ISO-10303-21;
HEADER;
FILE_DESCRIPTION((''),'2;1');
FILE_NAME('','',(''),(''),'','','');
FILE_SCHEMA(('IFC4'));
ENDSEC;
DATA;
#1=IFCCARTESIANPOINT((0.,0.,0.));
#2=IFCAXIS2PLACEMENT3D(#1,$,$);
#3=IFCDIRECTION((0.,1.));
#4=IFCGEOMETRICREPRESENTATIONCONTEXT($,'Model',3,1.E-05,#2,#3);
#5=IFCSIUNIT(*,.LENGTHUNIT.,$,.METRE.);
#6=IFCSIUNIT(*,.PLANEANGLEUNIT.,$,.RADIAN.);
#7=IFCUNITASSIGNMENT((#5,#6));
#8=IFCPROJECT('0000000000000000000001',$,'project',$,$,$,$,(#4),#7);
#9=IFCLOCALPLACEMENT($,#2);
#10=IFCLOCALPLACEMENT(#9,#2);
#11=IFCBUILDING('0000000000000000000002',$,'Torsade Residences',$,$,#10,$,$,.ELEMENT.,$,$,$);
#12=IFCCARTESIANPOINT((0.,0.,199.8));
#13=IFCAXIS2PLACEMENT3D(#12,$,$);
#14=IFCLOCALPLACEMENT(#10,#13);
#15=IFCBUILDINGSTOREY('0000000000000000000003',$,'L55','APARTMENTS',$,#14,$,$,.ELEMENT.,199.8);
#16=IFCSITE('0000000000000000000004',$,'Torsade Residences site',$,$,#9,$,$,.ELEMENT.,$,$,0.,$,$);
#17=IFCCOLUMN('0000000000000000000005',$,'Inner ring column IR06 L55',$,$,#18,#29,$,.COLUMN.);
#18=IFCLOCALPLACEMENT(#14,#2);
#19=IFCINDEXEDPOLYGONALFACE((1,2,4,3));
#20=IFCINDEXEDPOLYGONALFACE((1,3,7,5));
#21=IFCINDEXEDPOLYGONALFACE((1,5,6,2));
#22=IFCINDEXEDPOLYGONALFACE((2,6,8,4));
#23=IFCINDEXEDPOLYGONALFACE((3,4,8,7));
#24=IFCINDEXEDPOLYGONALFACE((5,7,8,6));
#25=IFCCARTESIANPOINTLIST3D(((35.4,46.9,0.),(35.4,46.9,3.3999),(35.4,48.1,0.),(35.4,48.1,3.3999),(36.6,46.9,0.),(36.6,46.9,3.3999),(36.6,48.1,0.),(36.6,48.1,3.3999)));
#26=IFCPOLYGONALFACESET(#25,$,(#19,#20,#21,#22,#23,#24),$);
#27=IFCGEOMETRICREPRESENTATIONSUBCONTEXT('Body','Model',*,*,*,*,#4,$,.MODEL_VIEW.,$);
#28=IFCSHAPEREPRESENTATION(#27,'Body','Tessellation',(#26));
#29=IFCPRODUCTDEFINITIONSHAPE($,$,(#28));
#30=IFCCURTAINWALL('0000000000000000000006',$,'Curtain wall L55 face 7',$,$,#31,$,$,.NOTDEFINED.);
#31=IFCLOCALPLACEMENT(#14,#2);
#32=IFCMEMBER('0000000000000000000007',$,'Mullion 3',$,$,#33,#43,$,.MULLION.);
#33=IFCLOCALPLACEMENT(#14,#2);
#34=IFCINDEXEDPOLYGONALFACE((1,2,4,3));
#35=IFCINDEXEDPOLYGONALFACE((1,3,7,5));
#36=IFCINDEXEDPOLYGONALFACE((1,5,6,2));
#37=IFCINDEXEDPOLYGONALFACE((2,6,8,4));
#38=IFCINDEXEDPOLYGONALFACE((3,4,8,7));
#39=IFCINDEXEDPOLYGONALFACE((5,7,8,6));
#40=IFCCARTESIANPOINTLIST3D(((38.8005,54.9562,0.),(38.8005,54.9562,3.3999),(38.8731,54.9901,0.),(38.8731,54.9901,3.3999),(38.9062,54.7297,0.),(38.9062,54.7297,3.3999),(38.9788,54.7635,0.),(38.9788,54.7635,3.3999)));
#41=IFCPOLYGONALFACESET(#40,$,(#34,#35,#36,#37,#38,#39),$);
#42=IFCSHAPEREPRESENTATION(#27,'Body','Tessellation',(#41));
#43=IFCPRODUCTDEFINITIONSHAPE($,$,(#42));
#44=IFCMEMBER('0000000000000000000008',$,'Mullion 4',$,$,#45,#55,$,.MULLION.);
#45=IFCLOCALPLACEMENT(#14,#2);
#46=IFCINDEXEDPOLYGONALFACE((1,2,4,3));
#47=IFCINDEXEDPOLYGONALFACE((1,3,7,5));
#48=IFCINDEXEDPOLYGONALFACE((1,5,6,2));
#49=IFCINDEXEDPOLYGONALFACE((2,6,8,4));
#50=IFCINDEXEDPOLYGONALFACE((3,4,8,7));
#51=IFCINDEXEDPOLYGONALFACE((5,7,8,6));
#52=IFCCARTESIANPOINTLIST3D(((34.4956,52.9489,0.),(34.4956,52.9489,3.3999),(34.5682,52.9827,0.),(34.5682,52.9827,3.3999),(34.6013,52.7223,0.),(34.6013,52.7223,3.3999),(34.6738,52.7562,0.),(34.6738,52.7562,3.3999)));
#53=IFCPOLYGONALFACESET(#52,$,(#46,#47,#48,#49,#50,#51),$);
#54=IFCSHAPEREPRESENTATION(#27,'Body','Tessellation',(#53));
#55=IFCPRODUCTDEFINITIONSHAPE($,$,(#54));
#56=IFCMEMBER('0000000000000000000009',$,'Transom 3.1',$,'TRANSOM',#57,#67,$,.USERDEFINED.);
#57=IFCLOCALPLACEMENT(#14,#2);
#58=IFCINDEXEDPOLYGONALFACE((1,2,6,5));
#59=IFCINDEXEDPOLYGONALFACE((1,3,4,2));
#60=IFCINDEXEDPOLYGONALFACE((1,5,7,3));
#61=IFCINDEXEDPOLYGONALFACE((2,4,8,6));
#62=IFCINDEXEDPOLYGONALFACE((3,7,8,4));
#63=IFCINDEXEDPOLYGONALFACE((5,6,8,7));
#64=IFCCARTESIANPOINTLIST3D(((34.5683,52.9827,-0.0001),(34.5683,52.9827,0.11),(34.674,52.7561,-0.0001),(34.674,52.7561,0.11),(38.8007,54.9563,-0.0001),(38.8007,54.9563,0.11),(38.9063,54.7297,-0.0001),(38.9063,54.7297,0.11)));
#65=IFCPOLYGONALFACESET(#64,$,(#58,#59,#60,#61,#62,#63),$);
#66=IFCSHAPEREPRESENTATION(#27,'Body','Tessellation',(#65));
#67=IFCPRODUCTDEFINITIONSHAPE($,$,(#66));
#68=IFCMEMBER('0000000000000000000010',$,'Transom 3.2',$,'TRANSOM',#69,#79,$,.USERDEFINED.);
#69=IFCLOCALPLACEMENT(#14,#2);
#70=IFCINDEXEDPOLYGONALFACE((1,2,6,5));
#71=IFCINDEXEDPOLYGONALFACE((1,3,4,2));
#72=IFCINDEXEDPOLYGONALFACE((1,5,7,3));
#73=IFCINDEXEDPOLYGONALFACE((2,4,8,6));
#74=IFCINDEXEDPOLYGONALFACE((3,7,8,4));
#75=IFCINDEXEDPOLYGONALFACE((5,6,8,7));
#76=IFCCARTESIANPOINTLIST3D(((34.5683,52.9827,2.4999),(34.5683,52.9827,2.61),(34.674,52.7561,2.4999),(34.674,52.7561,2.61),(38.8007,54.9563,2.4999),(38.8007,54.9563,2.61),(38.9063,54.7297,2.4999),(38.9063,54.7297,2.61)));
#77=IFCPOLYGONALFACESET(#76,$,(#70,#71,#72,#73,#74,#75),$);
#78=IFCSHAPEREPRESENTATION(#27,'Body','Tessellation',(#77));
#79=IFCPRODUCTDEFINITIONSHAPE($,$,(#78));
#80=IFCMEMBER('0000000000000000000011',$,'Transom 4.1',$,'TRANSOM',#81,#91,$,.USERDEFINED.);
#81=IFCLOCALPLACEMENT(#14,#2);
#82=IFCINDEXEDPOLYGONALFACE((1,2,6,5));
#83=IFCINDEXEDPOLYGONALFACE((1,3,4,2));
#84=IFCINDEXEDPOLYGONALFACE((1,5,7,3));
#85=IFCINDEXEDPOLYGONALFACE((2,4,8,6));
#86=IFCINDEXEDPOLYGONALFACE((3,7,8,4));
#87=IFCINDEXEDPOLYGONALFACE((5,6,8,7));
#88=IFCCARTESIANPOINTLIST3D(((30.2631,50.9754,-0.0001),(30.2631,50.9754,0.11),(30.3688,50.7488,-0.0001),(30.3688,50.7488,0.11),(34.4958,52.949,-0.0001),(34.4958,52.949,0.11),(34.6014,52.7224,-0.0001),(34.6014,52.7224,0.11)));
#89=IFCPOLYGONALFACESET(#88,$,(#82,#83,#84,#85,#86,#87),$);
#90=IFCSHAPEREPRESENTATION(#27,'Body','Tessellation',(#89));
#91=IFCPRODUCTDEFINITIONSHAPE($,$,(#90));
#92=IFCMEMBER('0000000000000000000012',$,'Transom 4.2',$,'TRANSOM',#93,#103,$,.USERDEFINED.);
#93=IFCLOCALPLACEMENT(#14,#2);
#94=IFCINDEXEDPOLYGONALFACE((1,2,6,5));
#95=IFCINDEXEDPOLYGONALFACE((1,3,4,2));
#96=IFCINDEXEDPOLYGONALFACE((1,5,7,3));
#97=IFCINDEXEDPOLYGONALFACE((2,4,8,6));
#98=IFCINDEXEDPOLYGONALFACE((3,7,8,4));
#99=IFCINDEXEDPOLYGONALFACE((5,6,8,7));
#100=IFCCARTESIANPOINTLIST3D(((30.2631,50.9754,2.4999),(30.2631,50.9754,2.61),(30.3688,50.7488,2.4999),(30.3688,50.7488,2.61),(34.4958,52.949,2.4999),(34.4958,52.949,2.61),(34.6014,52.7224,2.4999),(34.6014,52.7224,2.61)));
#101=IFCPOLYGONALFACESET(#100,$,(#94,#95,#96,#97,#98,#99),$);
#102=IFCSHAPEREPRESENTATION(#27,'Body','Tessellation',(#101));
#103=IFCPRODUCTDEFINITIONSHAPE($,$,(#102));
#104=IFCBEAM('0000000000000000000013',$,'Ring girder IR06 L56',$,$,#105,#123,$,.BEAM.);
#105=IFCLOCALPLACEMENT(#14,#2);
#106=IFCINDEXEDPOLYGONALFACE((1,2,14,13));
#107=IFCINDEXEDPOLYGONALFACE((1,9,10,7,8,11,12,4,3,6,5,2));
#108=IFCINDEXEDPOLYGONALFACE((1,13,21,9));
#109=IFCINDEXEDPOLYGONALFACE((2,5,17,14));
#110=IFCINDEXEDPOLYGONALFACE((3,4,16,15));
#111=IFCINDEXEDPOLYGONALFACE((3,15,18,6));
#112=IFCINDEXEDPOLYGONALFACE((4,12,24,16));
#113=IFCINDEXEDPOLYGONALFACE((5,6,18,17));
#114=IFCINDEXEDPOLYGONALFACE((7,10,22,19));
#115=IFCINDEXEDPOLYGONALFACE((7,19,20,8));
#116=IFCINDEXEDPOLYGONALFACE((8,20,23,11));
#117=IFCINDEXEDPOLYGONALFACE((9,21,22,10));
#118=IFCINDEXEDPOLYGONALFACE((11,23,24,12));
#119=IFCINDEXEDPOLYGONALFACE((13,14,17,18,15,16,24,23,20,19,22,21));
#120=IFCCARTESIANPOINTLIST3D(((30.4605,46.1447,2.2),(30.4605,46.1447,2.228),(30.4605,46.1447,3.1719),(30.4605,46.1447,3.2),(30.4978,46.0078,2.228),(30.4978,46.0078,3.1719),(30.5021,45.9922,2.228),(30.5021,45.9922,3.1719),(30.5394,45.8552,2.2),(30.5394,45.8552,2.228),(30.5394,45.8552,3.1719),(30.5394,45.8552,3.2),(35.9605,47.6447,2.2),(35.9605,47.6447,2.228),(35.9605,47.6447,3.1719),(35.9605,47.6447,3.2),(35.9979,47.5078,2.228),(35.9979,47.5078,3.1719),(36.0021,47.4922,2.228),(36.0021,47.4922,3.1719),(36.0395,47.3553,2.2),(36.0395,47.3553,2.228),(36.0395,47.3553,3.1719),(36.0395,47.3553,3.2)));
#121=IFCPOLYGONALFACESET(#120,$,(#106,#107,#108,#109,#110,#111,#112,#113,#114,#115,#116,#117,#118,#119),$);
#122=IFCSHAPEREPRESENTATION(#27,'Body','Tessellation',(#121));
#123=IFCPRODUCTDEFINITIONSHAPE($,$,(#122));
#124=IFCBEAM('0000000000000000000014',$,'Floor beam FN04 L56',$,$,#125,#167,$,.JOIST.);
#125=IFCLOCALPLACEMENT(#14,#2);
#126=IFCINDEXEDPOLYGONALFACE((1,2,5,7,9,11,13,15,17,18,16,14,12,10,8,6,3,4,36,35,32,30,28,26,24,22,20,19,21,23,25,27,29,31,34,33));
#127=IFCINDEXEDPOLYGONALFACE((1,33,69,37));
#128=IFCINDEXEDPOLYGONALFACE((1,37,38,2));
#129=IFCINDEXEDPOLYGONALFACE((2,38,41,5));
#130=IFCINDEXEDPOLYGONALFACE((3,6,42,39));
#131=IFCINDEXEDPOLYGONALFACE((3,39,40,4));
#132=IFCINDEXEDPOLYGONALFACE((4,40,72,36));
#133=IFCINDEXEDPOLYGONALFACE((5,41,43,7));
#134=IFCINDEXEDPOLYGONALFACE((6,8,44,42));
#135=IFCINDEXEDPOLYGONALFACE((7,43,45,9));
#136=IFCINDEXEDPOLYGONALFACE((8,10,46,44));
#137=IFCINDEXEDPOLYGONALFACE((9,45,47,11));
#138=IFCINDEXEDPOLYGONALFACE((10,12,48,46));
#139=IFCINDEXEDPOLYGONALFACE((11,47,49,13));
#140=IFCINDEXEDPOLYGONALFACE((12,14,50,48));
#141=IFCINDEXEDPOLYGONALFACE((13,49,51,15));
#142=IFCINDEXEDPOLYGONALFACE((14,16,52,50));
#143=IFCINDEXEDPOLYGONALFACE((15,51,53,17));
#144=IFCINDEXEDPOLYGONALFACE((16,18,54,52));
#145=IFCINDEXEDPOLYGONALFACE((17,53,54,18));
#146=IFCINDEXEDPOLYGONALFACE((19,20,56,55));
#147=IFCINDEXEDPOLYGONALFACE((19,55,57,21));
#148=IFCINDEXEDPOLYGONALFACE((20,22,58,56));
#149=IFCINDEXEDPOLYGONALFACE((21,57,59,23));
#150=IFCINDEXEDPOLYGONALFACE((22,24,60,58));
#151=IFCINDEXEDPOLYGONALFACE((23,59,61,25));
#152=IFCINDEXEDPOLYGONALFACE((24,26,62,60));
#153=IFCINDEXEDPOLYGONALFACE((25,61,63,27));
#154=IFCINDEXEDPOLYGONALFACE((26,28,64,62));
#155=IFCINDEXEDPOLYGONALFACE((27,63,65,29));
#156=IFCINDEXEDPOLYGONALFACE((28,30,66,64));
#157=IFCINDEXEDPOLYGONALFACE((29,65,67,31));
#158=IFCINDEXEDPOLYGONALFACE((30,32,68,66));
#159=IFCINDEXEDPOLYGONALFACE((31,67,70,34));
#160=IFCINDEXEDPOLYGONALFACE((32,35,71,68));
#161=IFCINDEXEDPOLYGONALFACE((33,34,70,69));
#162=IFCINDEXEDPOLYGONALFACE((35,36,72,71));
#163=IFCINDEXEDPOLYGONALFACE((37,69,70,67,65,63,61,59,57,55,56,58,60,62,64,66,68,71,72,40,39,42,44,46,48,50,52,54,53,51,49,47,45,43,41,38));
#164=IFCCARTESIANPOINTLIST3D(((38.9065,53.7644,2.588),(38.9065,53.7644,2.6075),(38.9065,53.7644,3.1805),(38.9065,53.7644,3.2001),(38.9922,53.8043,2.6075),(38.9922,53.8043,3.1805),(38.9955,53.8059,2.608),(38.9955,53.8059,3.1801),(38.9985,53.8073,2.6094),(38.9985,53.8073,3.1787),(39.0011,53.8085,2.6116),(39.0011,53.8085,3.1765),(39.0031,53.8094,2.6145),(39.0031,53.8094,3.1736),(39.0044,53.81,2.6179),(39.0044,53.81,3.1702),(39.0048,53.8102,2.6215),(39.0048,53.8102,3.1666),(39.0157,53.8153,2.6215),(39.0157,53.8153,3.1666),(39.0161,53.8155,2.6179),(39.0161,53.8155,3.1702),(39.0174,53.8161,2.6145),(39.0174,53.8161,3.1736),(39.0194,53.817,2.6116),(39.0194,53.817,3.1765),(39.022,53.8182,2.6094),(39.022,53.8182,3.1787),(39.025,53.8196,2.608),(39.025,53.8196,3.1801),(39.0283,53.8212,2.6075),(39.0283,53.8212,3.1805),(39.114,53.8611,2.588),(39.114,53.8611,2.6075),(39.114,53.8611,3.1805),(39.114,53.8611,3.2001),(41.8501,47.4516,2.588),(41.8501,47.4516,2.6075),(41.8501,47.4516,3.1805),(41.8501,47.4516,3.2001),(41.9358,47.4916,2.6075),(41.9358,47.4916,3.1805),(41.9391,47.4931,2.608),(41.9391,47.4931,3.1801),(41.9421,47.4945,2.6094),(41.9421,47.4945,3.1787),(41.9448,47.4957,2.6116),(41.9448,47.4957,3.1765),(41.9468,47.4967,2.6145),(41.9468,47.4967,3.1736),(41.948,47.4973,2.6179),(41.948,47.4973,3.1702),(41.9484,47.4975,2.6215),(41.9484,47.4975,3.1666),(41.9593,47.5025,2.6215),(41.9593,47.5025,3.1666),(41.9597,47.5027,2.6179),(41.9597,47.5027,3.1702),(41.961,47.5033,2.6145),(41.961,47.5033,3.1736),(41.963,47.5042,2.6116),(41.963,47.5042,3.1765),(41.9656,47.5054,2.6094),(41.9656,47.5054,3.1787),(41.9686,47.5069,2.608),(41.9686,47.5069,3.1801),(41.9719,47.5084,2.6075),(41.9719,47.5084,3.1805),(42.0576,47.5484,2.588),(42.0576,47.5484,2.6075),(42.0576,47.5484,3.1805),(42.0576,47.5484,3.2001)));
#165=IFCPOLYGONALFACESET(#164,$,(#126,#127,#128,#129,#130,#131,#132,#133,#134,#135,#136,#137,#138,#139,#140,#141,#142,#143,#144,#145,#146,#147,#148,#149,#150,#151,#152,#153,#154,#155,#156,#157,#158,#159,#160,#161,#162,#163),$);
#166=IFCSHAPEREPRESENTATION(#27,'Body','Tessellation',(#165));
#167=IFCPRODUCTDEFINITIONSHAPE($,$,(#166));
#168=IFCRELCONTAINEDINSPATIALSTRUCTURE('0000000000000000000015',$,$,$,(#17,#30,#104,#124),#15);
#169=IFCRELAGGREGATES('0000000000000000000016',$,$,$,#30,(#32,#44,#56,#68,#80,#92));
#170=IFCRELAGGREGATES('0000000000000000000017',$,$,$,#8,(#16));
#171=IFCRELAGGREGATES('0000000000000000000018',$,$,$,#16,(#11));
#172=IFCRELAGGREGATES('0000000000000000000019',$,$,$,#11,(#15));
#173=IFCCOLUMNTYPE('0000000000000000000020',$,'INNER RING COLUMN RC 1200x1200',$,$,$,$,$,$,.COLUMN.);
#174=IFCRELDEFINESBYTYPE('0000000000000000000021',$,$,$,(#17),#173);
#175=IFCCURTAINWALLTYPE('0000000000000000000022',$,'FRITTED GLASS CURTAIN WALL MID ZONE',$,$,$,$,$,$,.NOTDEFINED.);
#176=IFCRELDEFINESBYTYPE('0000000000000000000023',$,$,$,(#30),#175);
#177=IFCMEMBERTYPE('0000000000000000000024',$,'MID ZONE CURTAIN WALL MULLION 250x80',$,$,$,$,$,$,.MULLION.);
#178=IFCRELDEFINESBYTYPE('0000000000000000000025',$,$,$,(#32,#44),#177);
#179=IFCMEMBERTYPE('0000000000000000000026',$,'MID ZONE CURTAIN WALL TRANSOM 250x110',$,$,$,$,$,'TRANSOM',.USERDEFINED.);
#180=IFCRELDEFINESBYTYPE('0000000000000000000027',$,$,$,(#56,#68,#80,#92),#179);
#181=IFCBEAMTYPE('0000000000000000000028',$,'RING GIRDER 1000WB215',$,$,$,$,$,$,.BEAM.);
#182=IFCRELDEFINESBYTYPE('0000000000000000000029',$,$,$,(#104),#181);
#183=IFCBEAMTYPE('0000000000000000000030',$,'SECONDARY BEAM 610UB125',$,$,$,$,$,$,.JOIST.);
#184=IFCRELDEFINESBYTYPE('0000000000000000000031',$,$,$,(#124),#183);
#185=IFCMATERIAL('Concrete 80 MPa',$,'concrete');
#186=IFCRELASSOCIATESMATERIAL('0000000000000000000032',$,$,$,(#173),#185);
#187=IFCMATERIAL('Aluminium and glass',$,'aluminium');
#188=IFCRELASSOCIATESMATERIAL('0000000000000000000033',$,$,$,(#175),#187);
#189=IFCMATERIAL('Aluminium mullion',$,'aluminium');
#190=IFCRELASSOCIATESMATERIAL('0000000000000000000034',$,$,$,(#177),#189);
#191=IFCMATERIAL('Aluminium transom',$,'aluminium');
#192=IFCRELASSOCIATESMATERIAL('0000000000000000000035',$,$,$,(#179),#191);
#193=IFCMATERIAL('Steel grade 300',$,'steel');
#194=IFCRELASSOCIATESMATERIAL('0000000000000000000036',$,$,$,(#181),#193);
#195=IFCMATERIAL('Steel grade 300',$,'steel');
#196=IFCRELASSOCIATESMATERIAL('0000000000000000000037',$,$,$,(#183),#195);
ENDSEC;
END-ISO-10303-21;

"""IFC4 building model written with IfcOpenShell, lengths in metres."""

from ifc_helpers import new_model, si_unit, direction, frame, origin, origin_2d, place, context, subcontext, project, spatial, rectangle, i_section, extrude, material, material_profile, profile_set, type_object, element, aggregate, save


model = new_model("IFC4")

# Units and contexts
model_context = context("Model", 3, precision=1e-05, world=origin(), true_north=direction((0.0, 1.0)))
body_context = subcontext(model_context, "Body", "Model", "MODEL_VIEW")
ifc_project = project(units=[si_unit("LENGTHUNIT", "METRE"), si_unit("PLANEANGLEUNIT", "RADIAN")], contexts=[model_context])

# Site, building, storey
site_placement = place(None, origin())
site = spatial("IfcSite", under=ifc_project, at=site_placement, Name="Torsade Residences site", CompositionType="ELEMENT", RefElevation=0.0)
building_placement = place(site_placement, origin())
building = spatial("IfcBuilding", under=site, at=building_placement, Name="Torsade Residences", CompositionType="ELEMENT")
storey_placement = place(building_placement, frame((0.0, 0.0, 199.8)))
storey = spatial("IfcBuildingStorey", under=building, at=storey_placement, Name="L55", Description="APARTMENTS", CompositionType="ELEMENT", Elevation=199.8)

# Column
ifc_material_1 = material(Name="Concrete 80 MPa", Category="concrete")
ifc_material_profile_1 = material_profile(ifc_material_1, rectangle(XDim=1.2, YDim=1.2, at=origin_2d()), Name="RC 1200x1200")
ifc_profile_set_1 = profile_set([ifc_material_profile_1], Name="Concrete 80 MPa")
column_type = type_object("IfcColumnType", Name="INNER RING COLUMN RC 1200x1200", PredefinedType="COLUMN", material=ifc_profile_set_1)
column_placement = place(storey_placement, frame((36.0, 47.5, 0.0), z_axis=(0.0, 0.0, 1.0), x_axis=(1.0, 0.0, 0.0)))
element("IfcColumn", 1, at=column_placement, inside=storey, type_object=column_type, Name="Inner ring column IR06 L55", PredefinedType="COLUMN", context=body_context, shape_type="SweptSolid", body=[
    extrude(rectangle(XDim=1.2, YDim=1.2, at=origin_2d()), origin(), (0.0, 0.0, 1.0), 3.3999),
])

# Curtain wall, members
ifc_material_2 = material(Name="Aluminium and glass", Category="aluminium")
curtain_wall_type = type_object("IfcCurtainWallType", Name="FRITTED GLASS CURTAIN WALL MID ZONE", PredefinedType="NOTDEFINED", material=ifc_material_2)
curtain_wall_placement = place(storey_placement, origin())
curtain_wall = element("IfcCurtainWall", 2, at=curtain_wall_placement, inside=storey, type_object=curtain_wall_type, Name="Curtain wall L55 face 7", PredefinedType="NOTDEFINED")
ifc_material_3 = material(Name="Aluminium mullion", Category="aluminium")
ifc_material_profile_2 = material_profile(ifc_material_3, rectangle(XDim=0.25, YDim=0.0801, at=origin_2d()), Name="MID ZONE CURTAIN WALL MULLION 250x80")
ifc_profile_set_2 = profile_set([ifc_material_profile_2], Name="Aluminium mullion")
member_type_1 = type_object("IfcMemberType", Name="MID ZONE CURTAIN WALL MULLION 250x80", PredefinedType="MULLION", material=ifc_profile_set_2)
member_1_placement = place(storey_placement, frame((38.8896, 54.8599, 0.0), z_axis=(0.0, 0.0, 1.0), x_axis=(0.422618, -0.906308, 0.0)))
member_1 = element("IfcMember", 3, at=member_1_placement, type_object=member_type_1, Name="Mullion 3", PredefinedType="MULLION", context=body_context, shape_type="SweptSolid", body=[
    extrude(rectangle(XDim=0.25, YDim=0.0801, at=origin_2d()), origin(), (0.0, 0.0, 1.0), 3.3999),
])
member_2_placement = place(storey_placement, frame((34.5847, 52.8525, 0.0), z_axis=(0.0, 0.0, 1.0), x_axis=(0.422618, -0.906308, 0.0)))
member_2 = element("IfcMember", 4, at=member_2_placement, type_object=member_type_1, Name="Mullion 4", PredefinedType="MULLION", context=body_context, shape_type="SweptSolid", body=[
    extrude(rectangle(XDim=0.25, YDim=0.0801, at=origin_2d()), origin(), (0.0, 0.0, 1.0), 3.3999),
])
ifc_material_4 = material(Name="Aluminium transom", Category="aluminium")
ifc_material_profile_3 = material_profile(ifc_material_4, rectangle(XDim=0.25, YDim=0.1101, at=origin_2d()), Name="MID ZONE CURTAIN WALL TRANSOM 250x110")
ifc_profile_set_3 = profile_set([ifc_material_profile_3], Name="Aluminium transom")
member_type_2 = type_object("IfcMemberType", Name="MID ZONE CURTAIN WALL TRANSOM 250x110", ElementType="TRANSOM", PredefinedType="USERDEFINED", material=ifc_profile_set_3)
member_3_placement = place(storey_placement, frame((38.8535, 54.843, 0.0549), z_axis=(-0.906306, -0.422622, 0.0), x_axis=(0.422622, -0.906306, 0.0)))
member_3 = element("IfcMember", 5, at=member_3_placement, type_object=member_type_2, Name="Transom 3.1", ObjectType="TRANSOM", PredefinedType="USERDEFINED", context=body_context, shape_type="SweptSolid", body=[
    extrude(rectangle(XDim=0.25, YDim=0.1101, at=origin_2d()), origin(), (0.0, 0.0, 1.0), 4.6699),
])
member_4_placement = place(storey_placement, frame((38.8535, 54.843, 2.5549), z_axis=(-0.906306, -0.422622, 0.0), x_axis=(0.422622, -0.906306, 0.0)))
member_4 = element("IfcMember", 6, at=member_4_placement, type_object=member_type_2, Name="Transom 3.2", ObjectType="TRANSOM", PredefinedType="USERDEFINED", context=body_context, shape_type="SweptSolid", body=[
    extrude(rectangle(XDim=0.25, YDim=0.1101, at=origin_2d()), origin(), (0.0, 0.0, 1.0), 4.6699),
])
member_5_placement = place(storey_placement, frame((34.5486, 52.8357, 0.0549), z_axis=(-0.906315, -0.422602, 0.0), x_axis=(0.422602, -0.906315, 0.0)))
member_5 = element("IfcMember", 7, at=member_5_placement, type_object=member_type_2, Name="Transom 4.1", ObjectType="TRANSOM", PredefinedType="USERDEFINED", context=body_context, shape_type="SweptSolid", body=[
    extrude(rectangle(XDim=0.25, YDim=0.1101, at=origin_2d()), origin(), (0.0, 0.0, 1.0), 4.6702),
])
member_6_placement = place(storey_placement, frame((34.5486, 52.8357, 2.5549), z_axis=(-0.906315, -0.422602, 0.0), x_axis=(0.422602, -0.906315, 0.0)))
member_6 = element("IfcMember", 8, at=member_6_placement, type_object=member_type_2, Name="Transom 4.2", ObjectType="TRANSOM", PredefinedType="USERDEFINED", context=body_context, shape_type="SweptSolid", body=[
    extrude(rectangle(XDim=0.25, YDim=0.1101, at=origin_2d()), origin(), (0.0, 0.0, 1.0), 4.6702),
])

# Beams
ifc_material_5 = material(Name="Steel grade 300", Category="steel")
ifc_material_profile_4 = material_profile(ifc_material_5, i_section(OverallWidth=0.3, OverallDepth=1.0, WebThickness=0.0161, FlangeThickness=0.0281, at=origin_2d()), Name="1000WB215")
ifc_profile_set_4 = profile_set([ifc_material_profile_4], Name="Steel grade 300")
beam_type_1 = type_object("IfcBeamType", Name="RING GIRDER 1000WB215", PredefinedType="BEAM", material=ifc_profile_set_4)
beam_1_placement = place(storey_placement, frame((36.0, 47.5, 2.7), z_axis=(-0.964764, -0.263117, 0.0), x_axis=(0.263117, -0.964764, 0.0)))
element("IfcBeam", 9, at=beam_1_placement, inside=storey, type_object=beam_type_1, Name="Ring girder IR06 L56", PredefinedType="BEAM", context=body_context, shape_type="SweptSolid", body=[
    extrude(i_section(OverallWidth=0.3, OverallDepth=1.0, WebThickness=0.0161, FlangeThickness=0.0281, at=origin_2d()), origin(), (0.0, 0.0, 1.0), 5.7009),
])
ifc_material_6 = material(Name="Steel grade 300", Category="steel")
ifc_material_profile_5 = material_profile(ifc_material_6, i_section(OverallWidth=0.229, OverallDepth=0.6121, WebThickness=0.012, FlangeThickness=0.0195, FilletRadius=0.0139, at=origin_2d()), Name="610UB125")
ifc_profile_set_5 = profile_set([ifc_material_profile_5], Name="Steel grade 300")
beam_type_2 = type_object("IfcBeamType", Name="SECONDARY BEAM 610UB125", PredefinedType="JOIST", material=ifc_profile_set_5)
beam_2_placement = place(storey_placement, frame((39.0103, 53.8127, 2.894), z_axis=(0.422609, -0.906312, 0.0), x_axis=(0.906312, 0.422609, 0.0)))
element("IfcBeam", 10, at=beam_2_placement, inside=storey, type_object=beam_type_2, Name="Floor beam FN04 L56", PredefinedType="JOIST", context=body_context, shape_type="SweptSolid", body=[
    extrude(i_section(OverallWidth=0.229, OverallDepth=0.6121, WebThickness=0.012, FlangeThickness=0.0195, FilletRadius=0.0139, at=origin_2d()), origin(), (0.0, 0.0, 1.0), 6.9653),
])

aggregate(curtain_wall, [member_1, member_2, member_3, member_4, member_5, member_6])

save(model, "model.ifc")
